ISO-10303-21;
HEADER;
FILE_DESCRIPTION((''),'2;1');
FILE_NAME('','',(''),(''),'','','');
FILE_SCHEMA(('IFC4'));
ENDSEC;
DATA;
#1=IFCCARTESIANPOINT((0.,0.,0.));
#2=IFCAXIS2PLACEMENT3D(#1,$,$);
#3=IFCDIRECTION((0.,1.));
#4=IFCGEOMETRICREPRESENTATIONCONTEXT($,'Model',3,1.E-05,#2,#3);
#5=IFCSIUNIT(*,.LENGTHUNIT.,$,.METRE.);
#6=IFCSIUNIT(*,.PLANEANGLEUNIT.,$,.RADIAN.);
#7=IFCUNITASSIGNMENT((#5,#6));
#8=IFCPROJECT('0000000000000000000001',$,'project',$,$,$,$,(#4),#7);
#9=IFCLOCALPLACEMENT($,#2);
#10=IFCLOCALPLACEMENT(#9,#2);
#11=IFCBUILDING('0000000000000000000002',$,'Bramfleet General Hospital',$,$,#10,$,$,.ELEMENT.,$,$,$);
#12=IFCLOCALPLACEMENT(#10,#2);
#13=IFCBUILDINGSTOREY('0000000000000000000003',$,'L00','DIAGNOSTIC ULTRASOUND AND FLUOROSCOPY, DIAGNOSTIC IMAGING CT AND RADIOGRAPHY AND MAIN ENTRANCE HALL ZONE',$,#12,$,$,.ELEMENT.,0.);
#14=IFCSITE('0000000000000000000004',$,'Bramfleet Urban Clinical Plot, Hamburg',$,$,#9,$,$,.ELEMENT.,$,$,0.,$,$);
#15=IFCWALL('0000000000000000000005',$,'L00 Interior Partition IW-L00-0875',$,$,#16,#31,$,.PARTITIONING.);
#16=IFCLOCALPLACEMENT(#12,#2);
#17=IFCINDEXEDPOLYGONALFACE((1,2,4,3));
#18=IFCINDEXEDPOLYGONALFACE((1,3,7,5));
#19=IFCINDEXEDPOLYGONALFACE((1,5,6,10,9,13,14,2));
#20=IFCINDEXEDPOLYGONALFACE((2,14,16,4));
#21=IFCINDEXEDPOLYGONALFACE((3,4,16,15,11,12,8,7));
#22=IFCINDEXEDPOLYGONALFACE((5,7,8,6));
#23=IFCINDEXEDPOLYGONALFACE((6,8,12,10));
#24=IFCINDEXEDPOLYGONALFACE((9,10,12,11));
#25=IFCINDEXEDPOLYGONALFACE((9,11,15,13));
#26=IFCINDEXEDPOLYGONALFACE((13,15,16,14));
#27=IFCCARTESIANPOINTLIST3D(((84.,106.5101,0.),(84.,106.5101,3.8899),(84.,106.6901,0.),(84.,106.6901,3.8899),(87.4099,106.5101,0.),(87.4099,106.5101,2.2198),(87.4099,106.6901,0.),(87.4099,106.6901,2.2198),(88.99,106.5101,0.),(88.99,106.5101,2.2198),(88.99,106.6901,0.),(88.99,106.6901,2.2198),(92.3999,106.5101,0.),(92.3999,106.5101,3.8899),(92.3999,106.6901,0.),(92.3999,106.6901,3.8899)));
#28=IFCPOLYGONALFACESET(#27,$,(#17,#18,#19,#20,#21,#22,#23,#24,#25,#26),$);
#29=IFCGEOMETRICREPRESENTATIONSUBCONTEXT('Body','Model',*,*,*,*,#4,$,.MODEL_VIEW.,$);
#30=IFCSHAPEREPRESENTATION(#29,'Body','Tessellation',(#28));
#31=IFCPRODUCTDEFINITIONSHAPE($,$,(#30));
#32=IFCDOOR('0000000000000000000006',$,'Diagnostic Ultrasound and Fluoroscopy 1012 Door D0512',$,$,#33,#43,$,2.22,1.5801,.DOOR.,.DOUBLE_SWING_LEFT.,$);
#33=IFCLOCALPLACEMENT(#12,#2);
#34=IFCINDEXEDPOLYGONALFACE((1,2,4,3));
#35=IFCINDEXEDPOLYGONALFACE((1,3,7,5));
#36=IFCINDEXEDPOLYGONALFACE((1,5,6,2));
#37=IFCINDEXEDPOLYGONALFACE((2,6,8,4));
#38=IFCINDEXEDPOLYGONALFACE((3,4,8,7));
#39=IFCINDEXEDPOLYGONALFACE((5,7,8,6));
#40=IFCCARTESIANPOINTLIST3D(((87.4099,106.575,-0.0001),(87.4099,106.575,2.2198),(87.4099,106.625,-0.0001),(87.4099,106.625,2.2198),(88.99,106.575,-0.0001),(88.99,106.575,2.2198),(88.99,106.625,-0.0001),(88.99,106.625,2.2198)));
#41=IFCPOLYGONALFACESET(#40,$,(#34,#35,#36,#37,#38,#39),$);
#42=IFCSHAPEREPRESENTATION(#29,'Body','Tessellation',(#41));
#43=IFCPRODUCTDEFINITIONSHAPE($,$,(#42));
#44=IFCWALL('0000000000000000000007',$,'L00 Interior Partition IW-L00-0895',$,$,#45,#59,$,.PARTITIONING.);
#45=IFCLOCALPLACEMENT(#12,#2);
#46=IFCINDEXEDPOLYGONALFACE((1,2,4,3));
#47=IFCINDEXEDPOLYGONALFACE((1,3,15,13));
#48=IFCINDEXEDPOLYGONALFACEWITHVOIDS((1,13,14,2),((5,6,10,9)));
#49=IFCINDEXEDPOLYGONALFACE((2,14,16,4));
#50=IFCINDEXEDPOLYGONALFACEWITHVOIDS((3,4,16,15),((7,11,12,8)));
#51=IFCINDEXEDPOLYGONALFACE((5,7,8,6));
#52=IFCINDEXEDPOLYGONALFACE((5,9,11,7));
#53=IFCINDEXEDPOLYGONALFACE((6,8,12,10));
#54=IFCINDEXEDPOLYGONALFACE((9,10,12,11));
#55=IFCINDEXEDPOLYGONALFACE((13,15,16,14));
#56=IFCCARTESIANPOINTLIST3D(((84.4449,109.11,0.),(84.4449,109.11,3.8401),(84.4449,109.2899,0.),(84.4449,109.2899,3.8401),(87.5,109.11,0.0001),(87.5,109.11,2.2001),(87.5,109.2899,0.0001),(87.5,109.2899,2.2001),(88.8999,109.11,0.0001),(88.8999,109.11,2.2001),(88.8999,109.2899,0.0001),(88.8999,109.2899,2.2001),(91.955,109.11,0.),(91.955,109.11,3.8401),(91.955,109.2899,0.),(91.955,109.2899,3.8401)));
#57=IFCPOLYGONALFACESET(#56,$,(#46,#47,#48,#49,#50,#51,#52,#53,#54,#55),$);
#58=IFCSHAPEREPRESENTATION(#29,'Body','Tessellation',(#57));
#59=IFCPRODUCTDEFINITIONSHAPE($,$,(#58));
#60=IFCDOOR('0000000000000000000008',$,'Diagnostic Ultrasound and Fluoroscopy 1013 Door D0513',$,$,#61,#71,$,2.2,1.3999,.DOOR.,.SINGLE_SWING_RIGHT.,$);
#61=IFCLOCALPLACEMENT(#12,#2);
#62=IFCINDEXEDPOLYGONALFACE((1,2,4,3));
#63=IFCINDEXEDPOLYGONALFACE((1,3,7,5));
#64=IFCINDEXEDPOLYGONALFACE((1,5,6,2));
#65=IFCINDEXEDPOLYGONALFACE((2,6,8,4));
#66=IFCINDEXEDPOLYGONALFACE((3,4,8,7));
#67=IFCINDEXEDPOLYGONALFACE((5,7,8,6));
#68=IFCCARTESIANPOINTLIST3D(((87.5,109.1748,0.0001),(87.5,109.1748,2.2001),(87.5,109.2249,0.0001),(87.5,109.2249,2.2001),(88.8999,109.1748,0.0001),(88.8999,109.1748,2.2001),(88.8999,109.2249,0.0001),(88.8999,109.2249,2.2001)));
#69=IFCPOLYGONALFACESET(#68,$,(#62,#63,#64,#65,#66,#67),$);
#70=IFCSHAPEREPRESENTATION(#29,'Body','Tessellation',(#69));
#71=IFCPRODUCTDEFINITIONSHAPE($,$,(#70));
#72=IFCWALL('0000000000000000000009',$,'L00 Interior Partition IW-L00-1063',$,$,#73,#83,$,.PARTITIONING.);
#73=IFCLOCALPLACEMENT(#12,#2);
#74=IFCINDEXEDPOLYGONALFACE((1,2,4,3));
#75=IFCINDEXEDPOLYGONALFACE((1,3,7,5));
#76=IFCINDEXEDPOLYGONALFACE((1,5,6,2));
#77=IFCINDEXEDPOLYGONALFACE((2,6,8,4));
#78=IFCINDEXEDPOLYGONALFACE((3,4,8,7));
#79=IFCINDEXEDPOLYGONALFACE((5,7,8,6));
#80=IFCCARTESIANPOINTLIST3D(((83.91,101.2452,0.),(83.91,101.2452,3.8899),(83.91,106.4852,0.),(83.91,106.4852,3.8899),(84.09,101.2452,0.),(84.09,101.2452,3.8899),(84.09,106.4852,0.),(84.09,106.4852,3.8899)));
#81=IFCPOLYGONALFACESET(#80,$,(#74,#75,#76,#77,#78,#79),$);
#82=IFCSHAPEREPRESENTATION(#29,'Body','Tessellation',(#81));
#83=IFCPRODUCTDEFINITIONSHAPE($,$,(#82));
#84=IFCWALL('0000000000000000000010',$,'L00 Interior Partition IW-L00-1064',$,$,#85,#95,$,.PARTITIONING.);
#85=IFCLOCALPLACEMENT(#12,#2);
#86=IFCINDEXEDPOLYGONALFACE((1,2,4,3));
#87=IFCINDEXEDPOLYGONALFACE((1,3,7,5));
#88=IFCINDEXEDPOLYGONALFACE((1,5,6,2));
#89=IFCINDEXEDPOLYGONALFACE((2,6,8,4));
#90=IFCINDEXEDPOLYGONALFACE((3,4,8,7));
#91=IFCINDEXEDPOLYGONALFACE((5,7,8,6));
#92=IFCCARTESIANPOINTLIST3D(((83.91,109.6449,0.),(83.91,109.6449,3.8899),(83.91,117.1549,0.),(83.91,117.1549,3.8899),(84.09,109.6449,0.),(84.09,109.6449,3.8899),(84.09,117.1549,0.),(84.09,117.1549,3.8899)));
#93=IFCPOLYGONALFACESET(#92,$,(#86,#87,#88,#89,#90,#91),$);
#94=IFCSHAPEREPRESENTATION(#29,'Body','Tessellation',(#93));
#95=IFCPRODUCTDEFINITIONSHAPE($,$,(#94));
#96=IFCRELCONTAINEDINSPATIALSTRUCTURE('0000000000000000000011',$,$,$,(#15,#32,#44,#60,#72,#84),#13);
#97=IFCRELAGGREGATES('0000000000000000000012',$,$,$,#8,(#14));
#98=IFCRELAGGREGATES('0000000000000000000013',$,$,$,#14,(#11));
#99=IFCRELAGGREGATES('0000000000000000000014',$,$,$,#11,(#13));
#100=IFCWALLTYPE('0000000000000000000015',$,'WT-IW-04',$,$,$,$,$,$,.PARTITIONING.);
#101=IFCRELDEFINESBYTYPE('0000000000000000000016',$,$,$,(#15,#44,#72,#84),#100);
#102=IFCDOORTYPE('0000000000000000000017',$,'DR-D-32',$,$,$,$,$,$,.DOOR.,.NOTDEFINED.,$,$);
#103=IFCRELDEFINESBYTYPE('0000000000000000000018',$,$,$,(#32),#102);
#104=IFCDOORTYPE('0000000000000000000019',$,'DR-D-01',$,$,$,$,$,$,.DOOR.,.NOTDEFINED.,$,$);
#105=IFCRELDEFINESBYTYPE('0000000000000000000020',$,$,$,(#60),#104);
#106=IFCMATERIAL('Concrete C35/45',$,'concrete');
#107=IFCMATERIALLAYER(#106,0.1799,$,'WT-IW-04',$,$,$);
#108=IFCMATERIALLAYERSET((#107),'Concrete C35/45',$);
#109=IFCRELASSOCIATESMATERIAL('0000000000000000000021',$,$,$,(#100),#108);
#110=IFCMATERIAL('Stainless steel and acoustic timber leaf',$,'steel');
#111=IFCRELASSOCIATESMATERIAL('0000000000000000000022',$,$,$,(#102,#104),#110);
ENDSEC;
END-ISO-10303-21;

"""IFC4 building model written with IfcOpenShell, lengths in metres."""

from ifc_helpers import new_model, si_unit, direction, frame, frame_2d, origin, place, context, subcontext, project, spatial, rectangle, extrude, material, layer, layer_set, type_object, element, fill, save


model = new_model("IFC4")

# Units and contexts
model_context = context("Model", 3, precision=1e-05, world=origin(), true_north=direction((0.0, 1.0)))
body_context = subcontext(model_context, "Body", "Model", "MODEL_VIEW")
ifc_project = project(units=[si_unit("LENGTHUNIT", "METRE"), si_unit("PLANEANGLEUNIT", "RADIAN")], contexts=[model_context])

# Site, building, storey
site_placement = place(None, origin())
site = spatial("IfcSite", under=ifc_project, at=site_placement, Name="Bramfleet Urban Clinical Plot, Hamburg", CompositionType="ELEMENT", RefElevation=0.0)
building_placement = place(site_placement, origin())
building = spatial("IfcBuilding", under=site, at=building_placement, Name="Bramfleet General Hospital", CompositionType="ELEMENT")
storey_placement = place(building_placement, origin())
storey = spatial("IfcBuildingStorey", under=building, at=storey_placement, Name="L00", Description="DIAGNOSTIC ULTRASOUND AND FLUOROSCOPY, DIAGNOSTIC IMAGING CT AND RADIOGRAPHY AND MAIN ENTRANCE HALL ZONE", CompositionType="ELEMENT", Elevation=0.0)

# Shared definitions
ifc_material_1 = material(Name="Concrete C35/45", Category="concrete")

# Walls, openings, doors
ifc_layer_1 = layer(ifc_material_1, 0.1799, Name="WT-IW-04")
ifc_layer_set_1 = layer_set([ifc_layer_1], Name="Concrete C35/45")
wall_type_1 = type_object("IfcWallType", Name="WT-IW-04", PredefinedType="PARTITIONING", material=ifc_layer_set_1)
wall_1_placement = place(storey_placement, frame((84.0, 106.6001, 0.0), z_axis=(0.0, 0.0, 1.0), x_axis=(1.0, 0.0, 0.0)))
wall_1 = element("IfcWall", 1, at=wall_1_placement, inside=storey, type_object=wall_type_1, Name="L00 Interior Partition IW-L00-0875", PredefinedType="PARTITIONING", context=body_context, shape_type="SweptSolid", body=[
    extrude(rectangle(XDim=8.3999, YDim=0.1799, at=frame_2d((4.2, 0.0))), origin(), (0.0, 0.0, 1.0), 3.8899),
])
opening_1_placement = place(wall_1_placement, frame((3.4099, 0.0, 0.0)))
opening_1 = element("IfcOpeningElement", 2, at=opening_1_placement, cuts=wall_1, PredefinedType="OPENING", context=body_context, shape_type="SweptSolid", body=[
    extrude(rectangle(XDim=1.5801, YDim=2.22, at=frame_2d((0.79, 1.1099))), frame((0.0, 0.0999, 0.0), z_axis=(0.0, -1.0, 0.0), x_axis=(1.0, 0.0, 0.0)), (0.0, 0.0, 1.0), 0.2),
])
ifc_material_2 = material(Name="Stainless steel and acoustic timber leaf", Category="steel")
door_type_1 = type_object("IfcDoorType", Name="DR-D-32", OperationType="NOTDEFINED", PredefinedType="DOOR", material=ifc_material_2)
door_1_placement = place(opening_1_placement, origin())
door_1 = element("IfcDoor", 3, at=door_1_placement, inside=storey, type_object=door_type_1, Name="Diagnostic Ultrasound and Fluoroscopy 1012 Door D0512", OperationType="DOUBLE_SWING_LEFT", OverallHeight=2.22, OverallWidth=1.5801, PredefinedType="DOOR", context=body_context, shape_type="SweptSolid", body=[
    extrude(rectangle(XDim=1.5801, YDim=2.22, at=frame_2d((0.79, 1.1099))), frame((0.0, 0.0249, 0.0), z_axis=(0.0, -1.0, 0.0), x_axis=(1.0, 0.0, 0.0)), (0.0, 0.0, 1.0), 0.05),
])
fill(opening_1, door_1)
wall_2_placement = place(storey_placement, frame((84.4451, 109.2, 0.0), z_axis=(0.0, 0.0, 1.0), x_axis=(1.0, 0.0, 0.0)))
wall_2 = element("IfcWall", 4, at=wall_2_placement, inside=storey, type_object=wall_type_1, Name="L00 Interior Partition IW-L00-0895", PredefinedType="PARTITIONING", context=body_context, shape_type="SweptSolid", body=[
    extrude(rectangle(XDim=7.51, YDim=0.1799, at=frame_2d((3.7549, 0.0))), origin(), (0.0, 0.0, 1.0), 3.8401),
])
opening_2_placement = place(wall_2_placement, frame((3.0549, 0.0, 0.0)))
opening_2 = element("IfcOpeningElement", 5, at=opening_2_placement, cuts=wall_2, PredefinedType="OPENING", context=body_context, shape_type="SweptSolid", body=[
    extrude(rectangle(XDim=1.3999, YDim=2.2, at=frame_2d((0.7, 1.1001))), frame((0.0, 0.0999, 0.0), z_axis=(0.0, -1.0, 0.0), x_axis=(1.0, 0.0, 0.0)), (0.0, 0.0, 1.0), 0.2),
])
door_type_2 = type_object("IfcDoorType", Name="DR-D-01", OperationType="NOTDEFINED", PredefinedType="DOOR", material=ifc_material_2)
door_2_placement = place(opening_2_placement, origin())
door_2 = element("IfcDoor", 6, at=door_2_placement, inside=storey, type_object=door_type_2, Name="Diagnostic Ultrasound and Fluoroscopy 1013 Door D0513", OperationType="SINGLE_SWING_RIGHT", OverallHeight=2.2, OverallWidth=1.3999, PredefinedType="DOOR", context=body_context, shape_type="SweptSolid", body=[
    extrude(rectangle(XDim=1.3999, YDim=2.2, at=frame_2d((0.7, 1.1001))), frame((0.0, 0.0249, 0.0), z_axis=(0.0, -1.0, 0.0), x_axis=(1.0, 0.0, 0.0)), (0.0, 0.0, 1.0), 0.05),
])
fill(opening_2, door_2)

# Walls
wall_3_placement = place(storey_placement, frame((84.0, 101.2451, 0.0), z_axis=(0.0, 0.0, 1.0), x_axis=(0.0, 1.0, 0.0)))
element("IfcWall", 7, at=wall_3_placement, inside=storey, type_object=wall_type_1, Name="L00 Interior Partition IW-L00-1063", PredefinedType="PARTITIONING", context=body_context, shape_type="SweptSolid", body=[
    extrude(rectangle(XDim=5.24, YDim=0.1799, at=frame_2d((2.6201, 0.0))), origin(), (0.0, 0.0, 1.0), 3.8899),
])
wall_4_placement = place(storey_placement, frame((84.0, 109.645, 0.0), z_axis=(0.0, 0.0, 1.0), x_axis=(0.0, 1.0, 0.0)))
element("IfcWall", 8, at=wall_4_placement, inside=storey, type_object=wall_type_1, Name="L00 Interior Partition IW-L00-1064", PredefinedType="PARTITIONING", context=body_context, shape_type="SweptSolid", body=[
    extrude(rectangle(XDim=7.51, YDim=0.1799, at=frame_2d((3.7549, 0.0))), origin(), (0.0, 0.0, 1.0), 3.8899),
])

save(model, "model.ifc")
